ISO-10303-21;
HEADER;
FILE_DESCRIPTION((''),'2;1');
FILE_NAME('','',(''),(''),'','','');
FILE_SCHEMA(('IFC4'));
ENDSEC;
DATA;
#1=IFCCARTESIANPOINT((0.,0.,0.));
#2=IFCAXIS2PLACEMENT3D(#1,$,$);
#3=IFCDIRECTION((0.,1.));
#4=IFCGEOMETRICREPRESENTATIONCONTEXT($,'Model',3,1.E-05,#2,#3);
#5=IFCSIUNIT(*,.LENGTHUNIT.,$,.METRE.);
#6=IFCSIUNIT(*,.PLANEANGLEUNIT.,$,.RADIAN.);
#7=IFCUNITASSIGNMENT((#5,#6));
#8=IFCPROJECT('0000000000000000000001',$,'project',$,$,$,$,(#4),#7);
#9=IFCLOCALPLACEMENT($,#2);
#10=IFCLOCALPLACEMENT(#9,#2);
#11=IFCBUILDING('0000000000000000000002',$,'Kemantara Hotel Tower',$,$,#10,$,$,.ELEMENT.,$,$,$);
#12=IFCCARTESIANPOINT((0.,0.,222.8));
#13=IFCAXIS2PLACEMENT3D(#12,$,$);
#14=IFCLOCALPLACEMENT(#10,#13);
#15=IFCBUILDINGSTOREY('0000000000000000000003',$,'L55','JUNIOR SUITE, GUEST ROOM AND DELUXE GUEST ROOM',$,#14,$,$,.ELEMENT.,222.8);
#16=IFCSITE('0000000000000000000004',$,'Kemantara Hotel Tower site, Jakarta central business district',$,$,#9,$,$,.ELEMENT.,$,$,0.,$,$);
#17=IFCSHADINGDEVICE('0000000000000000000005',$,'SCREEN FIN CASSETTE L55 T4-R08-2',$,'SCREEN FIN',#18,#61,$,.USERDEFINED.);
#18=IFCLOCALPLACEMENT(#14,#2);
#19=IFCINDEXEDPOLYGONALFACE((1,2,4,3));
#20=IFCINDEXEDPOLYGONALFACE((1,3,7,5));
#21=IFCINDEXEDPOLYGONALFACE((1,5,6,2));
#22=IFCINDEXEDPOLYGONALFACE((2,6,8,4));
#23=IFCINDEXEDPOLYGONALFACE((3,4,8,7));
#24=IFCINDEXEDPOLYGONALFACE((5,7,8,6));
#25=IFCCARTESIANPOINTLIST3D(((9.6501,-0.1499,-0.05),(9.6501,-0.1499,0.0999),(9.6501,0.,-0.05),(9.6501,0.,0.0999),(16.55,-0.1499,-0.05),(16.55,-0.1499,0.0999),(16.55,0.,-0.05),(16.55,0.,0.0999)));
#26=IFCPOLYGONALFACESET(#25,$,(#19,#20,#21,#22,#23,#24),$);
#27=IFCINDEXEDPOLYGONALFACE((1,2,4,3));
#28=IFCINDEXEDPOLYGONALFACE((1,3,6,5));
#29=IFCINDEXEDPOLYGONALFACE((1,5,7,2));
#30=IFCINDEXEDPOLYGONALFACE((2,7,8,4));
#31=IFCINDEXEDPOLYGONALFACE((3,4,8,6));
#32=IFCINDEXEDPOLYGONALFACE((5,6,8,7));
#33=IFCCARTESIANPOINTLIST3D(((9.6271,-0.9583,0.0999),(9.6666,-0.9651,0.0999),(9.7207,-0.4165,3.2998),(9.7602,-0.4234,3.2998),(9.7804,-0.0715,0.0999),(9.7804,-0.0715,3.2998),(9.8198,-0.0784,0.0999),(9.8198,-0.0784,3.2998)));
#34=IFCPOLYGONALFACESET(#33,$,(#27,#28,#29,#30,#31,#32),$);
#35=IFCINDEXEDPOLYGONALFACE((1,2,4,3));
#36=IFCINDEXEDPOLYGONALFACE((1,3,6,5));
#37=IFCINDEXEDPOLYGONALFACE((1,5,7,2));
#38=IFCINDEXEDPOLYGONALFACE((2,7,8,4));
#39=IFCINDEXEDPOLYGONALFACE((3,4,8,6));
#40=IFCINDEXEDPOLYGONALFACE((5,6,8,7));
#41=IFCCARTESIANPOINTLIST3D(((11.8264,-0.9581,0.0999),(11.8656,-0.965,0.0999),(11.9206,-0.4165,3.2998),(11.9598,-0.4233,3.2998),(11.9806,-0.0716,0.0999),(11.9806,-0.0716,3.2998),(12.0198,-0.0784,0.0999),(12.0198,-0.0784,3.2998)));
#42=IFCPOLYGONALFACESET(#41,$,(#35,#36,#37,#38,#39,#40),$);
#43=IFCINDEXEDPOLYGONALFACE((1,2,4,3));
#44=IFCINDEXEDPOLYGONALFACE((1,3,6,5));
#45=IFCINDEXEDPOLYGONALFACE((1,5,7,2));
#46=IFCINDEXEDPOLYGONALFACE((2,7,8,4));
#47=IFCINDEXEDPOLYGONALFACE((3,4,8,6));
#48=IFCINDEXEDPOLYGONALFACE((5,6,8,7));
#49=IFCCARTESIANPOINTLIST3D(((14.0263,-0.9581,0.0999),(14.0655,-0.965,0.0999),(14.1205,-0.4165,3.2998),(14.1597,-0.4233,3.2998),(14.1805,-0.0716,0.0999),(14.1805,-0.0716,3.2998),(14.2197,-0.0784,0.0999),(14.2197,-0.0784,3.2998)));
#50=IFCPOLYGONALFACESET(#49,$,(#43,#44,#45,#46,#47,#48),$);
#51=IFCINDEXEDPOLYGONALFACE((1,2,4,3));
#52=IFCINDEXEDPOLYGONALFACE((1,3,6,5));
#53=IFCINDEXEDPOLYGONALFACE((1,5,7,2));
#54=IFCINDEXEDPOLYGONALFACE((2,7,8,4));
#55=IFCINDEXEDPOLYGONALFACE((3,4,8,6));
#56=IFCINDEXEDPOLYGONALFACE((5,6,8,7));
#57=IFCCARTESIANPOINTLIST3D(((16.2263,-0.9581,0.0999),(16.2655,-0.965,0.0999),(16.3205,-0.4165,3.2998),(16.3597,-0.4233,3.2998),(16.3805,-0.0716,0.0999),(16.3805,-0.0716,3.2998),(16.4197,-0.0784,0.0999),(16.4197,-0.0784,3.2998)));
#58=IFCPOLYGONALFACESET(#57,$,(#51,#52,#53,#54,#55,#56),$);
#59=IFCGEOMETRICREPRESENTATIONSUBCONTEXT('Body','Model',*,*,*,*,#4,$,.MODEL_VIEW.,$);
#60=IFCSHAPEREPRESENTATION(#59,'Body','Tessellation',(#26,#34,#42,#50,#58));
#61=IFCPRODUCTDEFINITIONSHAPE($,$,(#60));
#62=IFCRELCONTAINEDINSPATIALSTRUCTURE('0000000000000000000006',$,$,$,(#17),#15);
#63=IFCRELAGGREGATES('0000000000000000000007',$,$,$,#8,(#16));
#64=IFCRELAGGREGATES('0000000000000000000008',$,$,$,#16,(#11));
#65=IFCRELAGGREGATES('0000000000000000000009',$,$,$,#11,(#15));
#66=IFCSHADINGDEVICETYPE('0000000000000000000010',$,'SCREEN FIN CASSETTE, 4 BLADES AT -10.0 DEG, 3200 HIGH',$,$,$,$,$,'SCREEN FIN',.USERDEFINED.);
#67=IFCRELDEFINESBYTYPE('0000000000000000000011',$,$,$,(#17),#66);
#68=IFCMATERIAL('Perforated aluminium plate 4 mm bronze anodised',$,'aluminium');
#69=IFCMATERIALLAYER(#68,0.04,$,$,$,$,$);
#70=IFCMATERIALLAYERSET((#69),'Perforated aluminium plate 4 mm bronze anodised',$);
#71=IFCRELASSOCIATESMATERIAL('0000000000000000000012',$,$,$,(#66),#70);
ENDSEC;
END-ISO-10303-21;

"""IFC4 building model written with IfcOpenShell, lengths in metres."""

from ifc_helpers import new_model, si_unit, direction, frame, origin, origin_2d, place, context, subcontext, project, spatial, polyline, rectangle, outline, extrude, source, transform, mapped, material, layer, layer_set, type_object, element, save


model = new_model("IFC4")

# Units and contexts
model_context = context("Model", 3, precision=1e-05, world=origin(), true_north=direction((0.0, 1.0)))
body_context = subcontext(model_context, "Body", "Model", "MODEL_VIEW")
ifc_project = project(units=[si_unit("LENGTHUNIT", "METRE"), si_unit("PLANEANGLEUNIT", "RADIAN")], contexts=[model_context])

# Site, building, storey
site_placement = place(None, origin())
site = spatial("IfcSite", under=ifc_project, at=site_placement, Name="Kemantara Hotel Tower site, Jakarta central business district", CompositionType="ELEMENT", RefElevation=0.0)
building_placement = place(site_placement, origin())
building = spatial("IfcBuilding", under=site, at=building_placement, Name="Kemantara Hotel Tower", CompositionType="ELEMENT")
storey_placement = place(building_placement, frame((0.0, 0.0, 222.8)))
storey = spatial("IfcBuildingStorey", under=building, at=storey_placement, Name="L55", Description="JUNIOR SUITE, GUEST ROOM AND DELUXE GUEST ROOM", CompositionType="ELEMENT", Elevation=222.8)

# Shading device
ifc_material_1 = material(Name="Perforated aluminium plate 4 mm bronze anodised", Category="aluminium")
ifc_layer_1 = layer(ifc_material_1, 0.04)
ifc_layer_set_1 = layer_set([ifc_layer_1], Name="Perforated aluminium plate 4 mm bronze anodised")
shading_device_type_1 = type_object("IfcShadingDeviceType", Name="SCREEN FIN CASSETTE, 4 BLADES AT -10.0 DEG, 3200 HIGH", ElementType="SCREEN FIN", PredefinedType="USERDEFINED", material=ifc_layer_set_1)
shared_shape_1 = source(origin(), body_context, "Body", "SweptSolid", [
    extrude(rectangle(XDim=6.8999, YDim=0.1499, at=origin_2d()), frame((3.3, -0.075, -0.1499), z_axis=(0.0, 0.0, 1.0), x_axis=(1.0, 0.0, 0.0)), (0.0, 0.0, 1.0), 0.1499),
    extrude(outline(polyline([(0.0, 0.0), (0.8999, 0.0), (0.3501, 3.2), (0.0, 3.2), (0.0, 0.0)])), frame((0.0198, -0.0784, 0.0), z_axis=(-0.98539, 0.170314, 0.0), x_axis=(-0.170314, -0.98539, 0.0)), (0.0, 0.0, 1.0), 0.04),
    extrude(outline(polyline([(0.0, 0.0), (0.8999, 0.0), (0.3501, 3.2), (0.0, 3.2), (0.0, 0.0)])), frame((2.2197, -0.0784, 0.0), z_axis=(-0.985212, 0.171341, 0.0), x_axis=(-0.171341, -0.985212, 0.0)), (0.0, 0.0, 1.0), 0.0398),
    extrude(outline(polyline([(0.0, 0.0), (0.8999, 0.0), (0.3501, 3.2), (0.0, 3.2), (0.0, 0.0)])), frame((4.4197, -0.0784, 0.0), z_axis=(-0.985212, 0.171341, 0.0), x_axis=(-0.171341, -0.985212, 0.0)), (0.0, 0.0, 1.0), 0.0398),
    extrude(outline(polyline([(0.0, 0.0), (0.8999, 0.0), (0.3501, 3.2), (0.0, 3.2), (0.0, 0.0)])), frame((6.6196, -0.0784, 0.0), z_axis=(-0.985212, 0.171341, 0.0), x_axis=(-0.171341, -0.985212, 0.0)), (0.0, 0.0, 1.0), 0.0398),
])
shading_device_1_placement = place(storey_placement, frame((9.8, 0.0, 0.0999), z_axis=(0.0, 0.0, 1.0), x_axis=(1.0, 0.0, 0.0)))
element("IfcShadingDevice", 1, at=shading_device_1_placement, inside=storey, type_object=shading_device_type_1, Name="SCREEN FIN CASSETTE L55 T4-R08-2", ObjectType="SCREEN FIN", PredefinedType="USERDEFINED", context=body_context, shape_type="MappedRepresentation", body=[
    mapped(shared_shape_1, transform((0.0, 0.0, 0.0))),
])

save(model, "model.ifc")
